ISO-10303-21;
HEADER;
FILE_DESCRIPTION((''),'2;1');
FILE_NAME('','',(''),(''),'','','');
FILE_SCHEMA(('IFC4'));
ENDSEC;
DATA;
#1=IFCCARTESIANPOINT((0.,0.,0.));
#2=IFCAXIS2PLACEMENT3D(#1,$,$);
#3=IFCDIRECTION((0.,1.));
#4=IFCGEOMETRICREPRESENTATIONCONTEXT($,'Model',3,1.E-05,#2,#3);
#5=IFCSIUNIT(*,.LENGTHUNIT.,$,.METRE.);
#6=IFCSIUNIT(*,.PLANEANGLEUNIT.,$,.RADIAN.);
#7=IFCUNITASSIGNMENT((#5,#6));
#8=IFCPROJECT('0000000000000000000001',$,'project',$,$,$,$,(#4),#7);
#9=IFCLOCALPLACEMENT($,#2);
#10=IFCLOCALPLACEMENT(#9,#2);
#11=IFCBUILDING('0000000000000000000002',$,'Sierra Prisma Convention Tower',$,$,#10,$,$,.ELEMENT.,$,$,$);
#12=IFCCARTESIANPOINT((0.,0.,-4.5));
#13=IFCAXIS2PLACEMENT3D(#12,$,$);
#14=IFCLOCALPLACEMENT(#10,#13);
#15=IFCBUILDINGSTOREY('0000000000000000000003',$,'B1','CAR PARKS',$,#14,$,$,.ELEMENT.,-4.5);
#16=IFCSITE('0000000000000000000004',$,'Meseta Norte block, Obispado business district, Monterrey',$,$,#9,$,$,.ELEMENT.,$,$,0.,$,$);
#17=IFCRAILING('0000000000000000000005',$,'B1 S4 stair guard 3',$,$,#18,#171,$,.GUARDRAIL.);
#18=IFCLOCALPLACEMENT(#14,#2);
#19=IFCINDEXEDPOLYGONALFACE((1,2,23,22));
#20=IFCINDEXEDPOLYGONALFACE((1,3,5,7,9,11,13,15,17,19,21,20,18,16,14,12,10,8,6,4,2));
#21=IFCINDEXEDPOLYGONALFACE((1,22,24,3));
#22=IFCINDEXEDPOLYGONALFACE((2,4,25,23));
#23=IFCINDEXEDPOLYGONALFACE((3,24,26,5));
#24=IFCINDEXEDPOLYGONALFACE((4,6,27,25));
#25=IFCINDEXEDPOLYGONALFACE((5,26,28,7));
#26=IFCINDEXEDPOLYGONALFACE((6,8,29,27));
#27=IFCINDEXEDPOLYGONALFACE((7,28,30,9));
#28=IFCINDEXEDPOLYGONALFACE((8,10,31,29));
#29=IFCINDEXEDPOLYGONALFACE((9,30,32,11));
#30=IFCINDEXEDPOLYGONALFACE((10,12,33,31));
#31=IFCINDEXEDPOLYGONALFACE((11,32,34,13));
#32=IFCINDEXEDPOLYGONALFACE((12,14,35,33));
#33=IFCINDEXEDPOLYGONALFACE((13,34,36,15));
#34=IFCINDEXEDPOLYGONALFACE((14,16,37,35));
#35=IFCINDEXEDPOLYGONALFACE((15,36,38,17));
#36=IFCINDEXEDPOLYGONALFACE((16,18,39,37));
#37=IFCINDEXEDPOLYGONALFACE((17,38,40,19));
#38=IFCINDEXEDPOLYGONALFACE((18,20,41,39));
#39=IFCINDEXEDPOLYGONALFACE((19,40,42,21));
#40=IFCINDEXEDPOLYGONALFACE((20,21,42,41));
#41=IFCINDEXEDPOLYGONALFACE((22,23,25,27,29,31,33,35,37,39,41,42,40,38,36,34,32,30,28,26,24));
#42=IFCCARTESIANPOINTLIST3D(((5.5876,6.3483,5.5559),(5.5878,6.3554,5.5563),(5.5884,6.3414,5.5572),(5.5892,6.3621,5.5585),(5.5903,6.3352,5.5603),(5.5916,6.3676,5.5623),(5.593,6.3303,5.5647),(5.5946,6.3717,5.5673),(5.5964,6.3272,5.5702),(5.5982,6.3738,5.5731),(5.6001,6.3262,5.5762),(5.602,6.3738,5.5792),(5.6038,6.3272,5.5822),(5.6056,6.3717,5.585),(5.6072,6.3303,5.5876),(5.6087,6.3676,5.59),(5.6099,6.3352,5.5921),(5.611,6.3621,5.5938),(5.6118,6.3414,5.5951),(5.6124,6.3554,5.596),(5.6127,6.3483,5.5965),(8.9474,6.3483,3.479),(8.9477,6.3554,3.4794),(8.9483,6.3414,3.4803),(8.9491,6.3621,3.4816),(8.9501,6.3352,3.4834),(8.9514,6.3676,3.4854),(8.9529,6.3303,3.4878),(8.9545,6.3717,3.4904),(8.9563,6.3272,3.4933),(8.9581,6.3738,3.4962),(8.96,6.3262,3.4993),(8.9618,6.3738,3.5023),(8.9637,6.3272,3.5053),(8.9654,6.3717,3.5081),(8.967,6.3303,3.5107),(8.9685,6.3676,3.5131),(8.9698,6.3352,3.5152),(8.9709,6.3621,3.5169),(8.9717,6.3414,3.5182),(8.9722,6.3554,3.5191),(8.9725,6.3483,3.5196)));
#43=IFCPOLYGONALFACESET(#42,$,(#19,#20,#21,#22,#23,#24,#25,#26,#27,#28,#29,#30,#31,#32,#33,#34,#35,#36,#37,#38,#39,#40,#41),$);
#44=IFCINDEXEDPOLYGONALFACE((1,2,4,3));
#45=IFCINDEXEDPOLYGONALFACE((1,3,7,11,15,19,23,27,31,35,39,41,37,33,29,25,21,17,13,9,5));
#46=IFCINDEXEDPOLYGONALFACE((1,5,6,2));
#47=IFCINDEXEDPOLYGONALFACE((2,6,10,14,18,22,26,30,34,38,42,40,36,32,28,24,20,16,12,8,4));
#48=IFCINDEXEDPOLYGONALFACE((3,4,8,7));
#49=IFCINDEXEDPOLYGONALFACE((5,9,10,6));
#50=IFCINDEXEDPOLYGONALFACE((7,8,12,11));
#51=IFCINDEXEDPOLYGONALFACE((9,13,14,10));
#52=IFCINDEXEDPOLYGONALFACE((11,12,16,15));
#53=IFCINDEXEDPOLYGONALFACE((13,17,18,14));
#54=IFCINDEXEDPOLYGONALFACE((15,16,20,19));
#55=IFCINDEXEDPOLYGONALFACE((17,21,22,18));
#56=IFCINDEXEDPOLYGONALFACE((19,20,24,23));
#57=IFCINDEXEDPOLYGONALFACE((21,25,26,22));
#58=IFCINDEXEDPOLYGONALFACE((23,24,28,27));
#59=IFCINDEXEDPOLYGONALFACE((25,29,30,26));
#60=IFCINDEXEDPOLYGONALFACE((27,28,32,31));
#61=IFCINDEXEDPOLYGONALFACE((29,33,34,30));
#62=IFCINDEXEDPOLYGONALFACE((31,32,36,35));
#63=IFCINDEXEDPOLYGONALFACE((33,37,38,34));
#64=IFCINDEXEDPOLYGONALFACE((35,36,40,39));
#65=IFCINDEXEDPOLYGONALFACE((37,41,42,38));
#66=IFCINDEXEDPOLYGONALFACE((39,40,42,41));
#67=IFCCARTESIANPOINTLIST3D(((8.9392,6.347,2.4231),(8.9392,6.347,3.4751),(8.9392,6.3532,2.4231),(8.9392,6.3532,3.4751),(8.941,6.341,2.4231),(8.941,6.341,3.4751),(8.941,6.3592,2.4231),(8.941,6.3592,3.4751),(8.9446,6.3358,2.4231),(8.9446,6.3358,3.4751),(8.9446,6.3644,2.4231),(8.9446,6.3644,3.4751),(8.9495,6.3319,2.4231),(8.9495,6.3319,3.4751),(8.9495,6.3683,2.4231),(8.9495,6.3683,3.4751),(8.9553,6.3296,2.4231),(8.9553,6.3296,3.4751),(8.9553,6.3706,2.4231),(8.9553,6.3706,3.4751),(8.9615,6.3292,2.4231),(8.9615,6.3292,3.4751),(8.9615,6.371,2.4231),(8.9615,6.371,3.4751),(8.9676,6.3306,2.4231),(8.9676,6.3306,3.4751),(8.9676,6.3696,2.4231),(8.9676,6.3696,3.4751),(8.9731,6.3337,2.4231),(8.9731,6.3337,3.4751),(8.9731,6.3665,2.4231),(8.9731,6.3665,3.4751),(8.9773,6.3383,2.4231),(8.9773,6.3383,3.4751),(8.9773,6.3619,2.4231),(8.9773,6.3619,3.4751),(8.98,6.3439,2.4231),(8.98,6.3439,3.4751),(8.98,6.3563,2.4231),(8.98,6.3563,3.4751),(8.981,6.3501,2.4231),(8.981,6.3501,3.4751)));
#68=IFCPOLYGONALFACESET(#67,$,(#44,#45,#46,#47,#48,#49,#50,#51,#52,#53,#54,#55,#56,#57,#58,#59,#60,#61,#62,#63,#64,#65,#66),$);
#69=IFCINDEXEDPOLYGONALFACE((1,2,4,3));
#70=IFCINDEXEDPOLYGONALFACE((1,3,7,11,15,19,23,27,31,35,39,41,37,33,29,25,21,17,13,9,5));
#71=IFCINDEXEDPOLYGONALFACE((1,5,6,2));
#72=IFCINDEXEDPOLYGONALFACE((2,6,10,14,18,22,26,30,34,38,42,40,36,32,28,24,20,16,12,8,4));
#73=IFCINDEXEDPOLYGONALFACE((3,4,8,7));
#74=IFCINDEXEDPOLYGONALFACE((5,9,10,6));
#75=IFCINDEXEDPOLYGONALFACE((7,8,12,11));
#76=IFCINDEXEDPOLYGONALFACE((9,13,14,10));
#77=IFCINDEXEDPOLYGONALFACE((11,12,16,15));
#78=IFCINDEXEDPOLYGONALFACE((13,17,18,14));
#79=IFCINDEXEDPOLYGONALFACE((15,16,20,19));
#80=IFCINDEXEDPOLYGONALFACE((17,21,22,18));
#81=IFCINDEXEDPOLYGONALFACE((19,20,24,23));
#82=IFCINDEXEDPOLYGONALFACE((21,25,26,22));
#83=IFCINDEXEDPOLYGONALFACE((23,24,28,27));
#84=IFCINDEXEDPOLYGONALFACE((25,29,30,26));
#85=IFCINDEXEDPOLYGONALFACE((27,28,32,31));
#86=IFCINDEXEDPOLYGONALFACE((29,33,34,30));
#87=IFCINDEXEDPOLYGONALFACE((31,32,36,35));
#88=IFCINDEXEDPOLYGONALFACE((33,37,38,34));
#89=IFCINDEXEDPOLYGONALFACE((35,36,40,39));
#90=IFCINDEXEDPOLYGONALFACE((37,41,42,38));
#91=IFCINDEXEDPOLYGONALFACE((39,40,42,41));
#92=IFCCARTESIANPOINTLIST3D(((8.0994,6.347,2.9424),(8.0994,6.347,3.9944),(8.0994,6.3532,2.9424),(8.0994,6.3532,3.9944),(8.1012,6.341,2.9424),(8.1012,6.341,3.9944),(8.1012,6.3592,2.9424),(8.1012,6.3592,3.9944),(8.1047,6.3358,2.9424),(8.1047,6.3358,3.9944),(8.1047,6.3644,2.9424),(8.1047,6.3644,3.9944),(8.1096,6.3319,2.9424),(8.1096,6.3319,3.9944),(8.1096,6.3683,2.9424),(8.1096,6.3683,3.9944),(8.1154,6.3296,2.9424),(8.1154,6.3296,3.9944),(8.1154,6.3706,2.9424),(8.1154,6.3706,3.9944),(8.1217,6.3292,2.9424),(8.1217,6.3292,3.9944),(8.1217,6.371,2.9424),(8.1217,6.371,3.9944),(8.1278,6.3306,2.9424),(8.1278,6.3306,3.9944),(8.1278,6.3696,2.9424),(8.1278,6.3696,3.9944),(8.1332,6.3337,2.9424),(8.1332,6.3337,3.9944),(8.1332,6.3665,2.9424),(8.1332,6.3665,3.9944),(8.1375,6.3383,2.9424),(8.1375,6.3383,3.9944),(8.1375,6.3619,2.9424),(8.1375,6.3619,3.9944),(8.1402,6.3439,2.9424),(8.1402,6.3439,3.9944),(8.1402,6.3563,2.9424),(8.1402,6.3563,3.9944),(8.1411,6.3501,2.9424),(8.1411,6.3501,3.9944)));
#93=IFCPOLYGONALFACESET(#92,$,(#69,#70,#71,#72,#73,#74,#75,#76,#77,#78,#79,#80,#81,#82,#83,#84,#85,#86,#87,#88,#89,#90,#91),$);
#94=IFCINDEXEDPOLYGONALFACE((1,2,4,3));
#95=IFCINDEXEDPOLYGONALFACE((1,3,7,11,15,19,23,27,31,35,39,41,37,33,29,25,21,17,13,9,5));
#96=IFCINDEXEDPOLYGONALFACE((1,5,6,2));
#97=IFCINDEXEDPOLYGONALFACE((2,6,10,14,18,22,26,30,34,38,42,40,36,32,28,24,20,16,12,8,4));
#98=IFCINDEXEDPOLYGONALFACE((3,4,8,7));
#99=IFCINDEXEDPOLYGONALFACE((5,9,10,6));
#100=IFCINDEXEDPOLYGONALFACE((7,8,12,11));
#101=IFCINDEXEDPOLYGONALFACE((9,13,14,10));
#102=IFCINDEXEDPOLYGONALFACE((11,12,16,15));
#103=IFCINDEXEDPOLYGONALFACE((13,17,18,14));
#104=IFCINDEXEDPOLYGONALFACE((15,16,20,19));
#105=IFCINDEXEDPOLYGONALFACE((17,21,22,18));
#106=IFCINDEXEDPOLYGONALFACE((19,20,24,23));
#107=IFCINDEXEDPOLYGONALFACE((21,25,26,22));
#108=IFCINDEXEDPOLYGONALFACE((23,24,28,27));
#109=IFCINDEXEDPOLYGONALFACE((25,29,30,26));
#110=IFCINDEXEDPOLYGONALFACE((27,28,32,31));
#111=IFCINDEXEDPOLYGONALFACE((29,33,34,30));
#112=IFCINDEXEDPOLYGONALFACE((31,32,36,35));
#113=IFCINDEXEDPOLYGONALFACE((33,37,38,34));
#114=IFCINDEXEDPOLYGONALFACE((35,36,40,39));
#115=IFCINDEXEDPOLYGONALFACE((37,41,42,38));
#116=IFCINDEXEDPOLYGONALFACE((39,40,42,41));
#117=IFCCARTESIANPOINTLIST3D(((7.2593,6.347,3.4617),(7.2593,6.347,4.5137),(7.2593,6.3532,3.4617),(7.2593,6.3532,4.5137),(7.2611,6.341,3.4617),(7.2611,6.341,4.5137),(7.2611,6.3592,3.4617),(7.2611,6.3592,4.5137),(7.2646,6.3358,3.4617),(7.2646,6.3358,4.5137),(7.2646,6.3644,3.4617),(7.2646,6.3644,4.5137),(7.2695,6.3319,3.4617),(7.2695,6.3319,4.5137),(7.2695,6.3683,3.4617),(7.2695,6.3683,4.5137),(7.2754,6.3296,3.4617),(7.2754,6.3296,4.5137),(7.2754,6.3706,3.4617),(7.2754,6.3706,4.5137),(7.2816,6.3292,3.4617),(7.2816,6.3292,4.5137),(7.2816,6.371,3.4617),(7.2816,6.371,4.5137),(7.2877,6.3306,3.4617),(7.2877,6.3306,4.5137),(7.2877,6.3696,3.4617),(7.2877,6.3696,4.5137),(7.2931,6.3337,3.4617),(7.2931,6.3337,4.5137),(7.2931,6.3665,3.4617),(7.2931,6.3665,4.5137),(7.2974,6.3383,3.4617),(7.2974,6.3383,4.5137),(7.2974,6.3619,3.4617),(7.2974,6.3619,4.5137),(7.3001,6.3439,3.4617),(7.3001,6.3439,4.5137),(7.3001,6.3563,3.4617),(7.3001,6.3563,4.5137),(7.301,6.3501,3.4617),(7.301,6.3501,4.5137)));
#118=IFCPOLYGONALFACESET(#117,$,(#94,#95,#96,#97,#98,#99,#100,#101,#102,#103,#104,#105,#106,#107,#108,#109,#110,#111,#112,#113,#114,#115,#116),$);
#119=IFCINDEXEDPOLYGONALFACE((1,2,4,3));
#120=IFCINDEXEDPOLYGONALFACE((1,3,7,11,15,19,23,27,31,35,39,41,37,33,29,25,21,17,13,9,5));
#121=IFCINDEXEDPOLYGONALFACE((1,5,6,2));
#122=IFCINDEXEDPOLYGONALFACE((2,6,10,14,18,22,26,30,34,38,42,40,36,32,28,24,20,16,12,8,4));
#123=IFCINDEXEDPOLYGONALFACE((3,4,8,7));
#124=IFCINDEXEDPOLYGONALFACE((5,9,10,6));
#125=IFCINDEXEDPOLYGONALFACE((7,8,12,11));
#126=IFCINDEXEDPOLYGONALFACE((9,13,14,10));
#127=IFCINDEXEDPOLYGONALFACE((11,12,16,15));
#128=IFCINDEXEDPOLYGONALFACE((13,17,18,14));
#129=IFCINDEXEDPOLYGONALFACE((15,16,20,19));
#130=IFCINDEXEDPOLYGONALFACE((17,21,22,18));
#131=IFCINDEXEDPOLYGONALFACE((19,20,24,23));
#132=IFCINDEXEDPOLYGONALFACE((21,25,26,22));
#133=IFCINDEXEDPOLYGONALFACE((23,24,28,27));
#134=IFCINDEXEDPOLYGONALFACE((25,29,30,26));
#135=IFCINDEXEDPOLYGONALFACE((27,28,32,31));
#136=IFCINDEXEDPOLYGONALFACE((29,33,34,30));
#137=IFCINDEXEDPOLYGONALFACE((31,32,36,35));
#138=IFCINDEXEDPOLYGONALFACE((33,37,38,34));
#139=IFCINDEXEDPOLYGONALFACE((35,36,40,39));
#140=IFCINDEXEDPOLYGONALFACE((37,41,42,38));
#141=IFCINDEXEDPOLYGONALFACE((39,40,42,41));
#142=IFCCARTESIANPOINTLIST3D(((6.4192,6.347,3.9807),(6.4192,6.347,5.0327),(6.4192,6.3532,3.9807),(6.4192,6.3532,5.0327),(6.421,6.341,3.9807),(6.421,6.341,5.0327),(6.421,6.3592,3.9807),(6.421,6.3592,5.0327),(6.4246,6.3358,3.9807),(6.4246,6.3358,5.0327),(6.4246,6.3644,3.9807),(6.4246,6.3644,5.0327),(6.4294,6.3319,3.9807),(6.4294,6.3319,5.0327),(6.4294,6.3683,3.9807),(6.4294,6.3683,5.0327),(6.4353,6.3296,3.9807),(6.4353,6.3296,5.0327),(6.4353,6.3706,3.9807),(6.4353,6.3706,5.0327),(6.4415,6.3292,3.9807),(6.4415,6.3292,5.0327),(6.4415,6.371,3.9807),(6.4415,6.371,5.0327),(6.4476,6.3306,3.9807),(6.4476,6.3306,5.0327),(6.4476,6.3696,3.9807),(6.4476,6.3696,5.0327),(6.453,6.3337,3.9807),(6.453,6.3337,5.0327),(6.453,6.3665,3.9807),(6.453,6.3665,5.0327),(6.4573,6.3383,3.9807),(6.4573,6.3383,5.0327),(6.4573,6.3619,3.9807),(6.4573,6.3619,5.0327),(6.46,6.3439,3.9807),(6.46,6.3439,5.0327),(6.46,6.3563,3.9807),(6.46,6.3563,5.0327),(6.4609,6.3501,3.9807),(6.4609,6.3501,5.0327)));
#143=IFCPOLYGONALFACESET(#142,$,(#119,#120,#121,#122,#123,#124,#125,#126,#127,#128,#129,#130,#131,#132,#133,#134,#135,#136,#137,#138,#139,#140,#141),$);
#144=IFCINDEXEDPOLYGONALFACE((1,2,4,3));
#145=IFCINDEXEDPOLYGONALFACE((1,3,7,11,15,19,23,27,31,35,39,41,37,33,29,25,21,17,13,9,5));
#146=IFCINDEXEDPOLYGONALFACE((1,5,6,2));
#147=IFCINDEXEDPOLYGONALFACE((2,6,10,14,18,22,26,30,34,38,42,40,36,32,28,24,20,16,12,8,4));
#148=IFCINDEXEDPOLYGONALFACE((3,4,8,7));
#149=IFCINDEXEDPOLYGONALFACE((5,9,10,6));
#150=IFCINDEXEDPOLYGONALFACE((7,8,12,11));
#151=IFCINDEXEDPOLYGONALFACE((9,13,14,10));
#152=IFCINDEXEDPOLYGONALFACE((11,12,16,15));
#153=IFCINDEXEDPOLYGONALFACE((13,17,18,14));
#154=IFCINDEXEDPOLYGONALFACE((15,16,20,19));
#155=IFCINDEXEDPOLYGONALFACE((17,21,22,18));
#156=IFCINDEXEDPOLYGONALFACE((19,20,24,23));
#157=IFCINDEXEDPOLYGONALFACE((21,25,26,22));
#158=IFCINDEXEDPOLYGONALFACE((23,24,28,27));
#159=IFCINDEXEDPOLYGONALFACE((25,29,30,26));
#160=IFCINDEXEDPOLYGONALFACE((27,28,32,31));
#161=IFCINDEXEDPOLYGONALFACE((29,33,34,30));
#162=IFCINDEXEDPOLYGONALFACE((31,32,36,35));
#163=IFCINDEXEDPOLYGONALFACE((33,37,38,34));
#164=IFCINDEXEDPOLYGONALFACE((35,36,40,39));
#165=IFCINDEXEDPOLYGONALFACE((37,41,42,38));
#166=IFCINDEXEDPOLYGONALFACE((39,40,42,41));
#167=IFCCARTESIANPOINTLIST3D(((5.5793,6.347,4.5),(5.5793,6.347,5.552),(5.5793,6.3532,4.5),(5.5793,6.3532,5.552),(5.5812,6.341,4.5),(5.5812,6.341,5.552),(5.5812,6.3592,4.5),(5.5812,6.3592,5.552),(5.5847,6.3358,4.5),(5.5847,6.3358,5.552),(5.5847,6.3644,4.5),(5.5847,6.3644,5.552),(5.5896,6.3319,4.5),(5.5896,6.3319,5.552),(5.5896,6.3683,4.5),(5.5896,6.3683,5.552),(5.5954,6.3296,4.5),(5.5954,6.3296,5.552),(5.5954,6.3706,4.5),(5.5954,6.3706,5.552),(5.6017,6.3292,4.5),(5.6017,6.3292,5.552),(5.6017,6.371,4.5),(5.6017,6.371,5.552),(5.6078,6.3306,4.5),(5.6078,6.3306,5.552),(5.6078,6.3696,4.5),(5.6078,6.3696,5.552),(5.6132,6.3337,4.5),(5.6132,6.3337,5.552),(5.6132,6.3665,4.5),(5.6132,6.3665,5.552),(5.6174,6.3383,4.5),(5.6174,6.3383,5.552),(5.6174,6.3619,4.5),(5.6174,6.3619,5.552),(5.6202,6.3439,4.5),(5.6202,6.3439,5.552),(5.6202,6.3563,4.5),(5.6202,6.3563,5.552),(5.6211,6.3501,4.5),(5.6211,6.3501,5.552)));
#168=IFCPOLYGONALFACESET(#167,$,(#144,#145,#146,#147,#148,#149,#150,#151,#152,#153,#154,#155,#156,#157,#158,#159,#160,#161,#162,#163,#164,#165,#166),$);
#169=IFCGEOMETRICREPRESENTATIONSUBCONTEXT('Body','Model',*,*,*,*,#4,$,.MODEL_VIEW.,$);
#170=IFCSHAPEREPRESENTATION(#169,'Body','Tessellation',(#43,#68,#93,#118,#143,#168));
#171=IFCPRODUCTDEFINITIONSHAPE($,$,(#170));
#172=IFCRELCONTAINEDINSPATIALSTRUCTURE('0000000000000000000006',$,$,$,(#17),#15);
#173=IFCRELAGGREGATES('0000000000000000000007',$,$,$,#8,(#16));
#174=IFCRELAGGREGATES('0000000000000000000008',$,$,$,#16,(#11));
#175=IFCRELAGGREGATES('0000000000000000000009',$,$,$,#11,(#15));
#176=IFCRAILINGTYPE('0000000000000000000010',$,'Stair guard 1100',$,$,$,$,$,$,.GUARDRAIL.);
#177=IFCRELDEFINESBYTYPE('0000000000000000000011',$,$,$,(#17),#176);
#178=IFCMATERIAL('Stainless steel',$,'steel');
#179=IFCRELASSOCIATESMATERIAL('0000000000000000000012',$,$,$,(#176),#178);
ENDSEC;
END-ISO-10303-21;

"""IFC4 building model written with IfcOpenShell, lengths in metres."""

from ifc_helpers import new_model, si_unit, direction, frame, origin, origin_2d, place, context, subcontext, project, spatial, circle, extrude, material, type_object, element, save


model = new_model("IFC4")

# Units and contexts
model_context = context("Model", 3, precision=1e-05, world=origin(), true_north=direction((0.0, 1.0)))
body_context = subcontext(model_context, "Body", "Model", "MODEL_VIEW")
ifc_project = project(units=[si_unit("LENGTHUNIT", "METRE"), si_unit("PLANEANGLEUNIT", "RADIAN")], contexts=[model_context])

# Site, building, storey
site_placement = place(None, origin())
site = spatial("IfcSite", under=ifc_project, at=site_placement, Name="Meseta Norte block, Obispado business district, Monterrey", CompositionType="ELEMENT", RefElevation=0.0)
building_placement = place(site_placement, origin())
building = spatial("IfcBuilding", under=site, at=building_placement, Name="Sierra Prisma Convention Tower", CompositionType="ELEMENT")
storey_placement = place(building_placement, frame((0.0, 0.0, -4.5)))
storey = spatial("IfcBuildingStorey", under=building, at=storey_placement, Name="B1", Description="CAR PARKS", CompositionType="ELEMENT", Elevation=-4.5)

# Railing
ifc_material_1 = material(Name="Stainless steel", Category="steel")
railing_type_1 = type_object("IfcRailingType", Name="Stair guard 1100", PredefinedType="GUARDRAIL", material=ifc_material_1)
railing_1_placement = place(storey_placement, frame((8.96, 6.3501, 2.4231)))
element("IfcRailing", 1, at=railing_1_placement, inside=storey, type_object=railing_type_1, Name="B1 S4 stair guard 3", PredefinedType="GUARDRAIL", context=body_context, shape_type="SweptSolid", body=[
    extrude(circle(Radius=0.0239, at=origin_2d()), frame((0.0, 0.0, 1.0762), z_axis=(-0.850606, 0.0, 0.525803), x_axis=(0.0, -1.0, 0.0)), (0.0, 0.0, 1.0), 3.95),
    extrude(circle(Radius=0.021, at=origin_2d()), origin(), (0.0, 0.0, 1.0), 1.052),
    extrude(circle(Radius=0.021, at=origin_2d()), frame((-0.8398, 0.0, 0.5193)), (0.0, 0.0, 1.0), 1.052),
    extrude(circle(Radius=0.021, at=origin_2d()), frame((-1.6799, 0.0, 1.0386)), (0.0, 0.0, 1.0), 1.052),
    extrude(circle(Radius=0.021, at=origin_2d()), frame((-2.52, 0.0, 1.5576)), (0.0, 0.0, 1.0), 1.052),
    extrude(circle(Radius=0.021, at=origin_2d()), frame((-3.3599, 0.0, 2.0769)), (0.0, 0.0, 1.0), 1.052),
])

save(model, "model.ifc")
